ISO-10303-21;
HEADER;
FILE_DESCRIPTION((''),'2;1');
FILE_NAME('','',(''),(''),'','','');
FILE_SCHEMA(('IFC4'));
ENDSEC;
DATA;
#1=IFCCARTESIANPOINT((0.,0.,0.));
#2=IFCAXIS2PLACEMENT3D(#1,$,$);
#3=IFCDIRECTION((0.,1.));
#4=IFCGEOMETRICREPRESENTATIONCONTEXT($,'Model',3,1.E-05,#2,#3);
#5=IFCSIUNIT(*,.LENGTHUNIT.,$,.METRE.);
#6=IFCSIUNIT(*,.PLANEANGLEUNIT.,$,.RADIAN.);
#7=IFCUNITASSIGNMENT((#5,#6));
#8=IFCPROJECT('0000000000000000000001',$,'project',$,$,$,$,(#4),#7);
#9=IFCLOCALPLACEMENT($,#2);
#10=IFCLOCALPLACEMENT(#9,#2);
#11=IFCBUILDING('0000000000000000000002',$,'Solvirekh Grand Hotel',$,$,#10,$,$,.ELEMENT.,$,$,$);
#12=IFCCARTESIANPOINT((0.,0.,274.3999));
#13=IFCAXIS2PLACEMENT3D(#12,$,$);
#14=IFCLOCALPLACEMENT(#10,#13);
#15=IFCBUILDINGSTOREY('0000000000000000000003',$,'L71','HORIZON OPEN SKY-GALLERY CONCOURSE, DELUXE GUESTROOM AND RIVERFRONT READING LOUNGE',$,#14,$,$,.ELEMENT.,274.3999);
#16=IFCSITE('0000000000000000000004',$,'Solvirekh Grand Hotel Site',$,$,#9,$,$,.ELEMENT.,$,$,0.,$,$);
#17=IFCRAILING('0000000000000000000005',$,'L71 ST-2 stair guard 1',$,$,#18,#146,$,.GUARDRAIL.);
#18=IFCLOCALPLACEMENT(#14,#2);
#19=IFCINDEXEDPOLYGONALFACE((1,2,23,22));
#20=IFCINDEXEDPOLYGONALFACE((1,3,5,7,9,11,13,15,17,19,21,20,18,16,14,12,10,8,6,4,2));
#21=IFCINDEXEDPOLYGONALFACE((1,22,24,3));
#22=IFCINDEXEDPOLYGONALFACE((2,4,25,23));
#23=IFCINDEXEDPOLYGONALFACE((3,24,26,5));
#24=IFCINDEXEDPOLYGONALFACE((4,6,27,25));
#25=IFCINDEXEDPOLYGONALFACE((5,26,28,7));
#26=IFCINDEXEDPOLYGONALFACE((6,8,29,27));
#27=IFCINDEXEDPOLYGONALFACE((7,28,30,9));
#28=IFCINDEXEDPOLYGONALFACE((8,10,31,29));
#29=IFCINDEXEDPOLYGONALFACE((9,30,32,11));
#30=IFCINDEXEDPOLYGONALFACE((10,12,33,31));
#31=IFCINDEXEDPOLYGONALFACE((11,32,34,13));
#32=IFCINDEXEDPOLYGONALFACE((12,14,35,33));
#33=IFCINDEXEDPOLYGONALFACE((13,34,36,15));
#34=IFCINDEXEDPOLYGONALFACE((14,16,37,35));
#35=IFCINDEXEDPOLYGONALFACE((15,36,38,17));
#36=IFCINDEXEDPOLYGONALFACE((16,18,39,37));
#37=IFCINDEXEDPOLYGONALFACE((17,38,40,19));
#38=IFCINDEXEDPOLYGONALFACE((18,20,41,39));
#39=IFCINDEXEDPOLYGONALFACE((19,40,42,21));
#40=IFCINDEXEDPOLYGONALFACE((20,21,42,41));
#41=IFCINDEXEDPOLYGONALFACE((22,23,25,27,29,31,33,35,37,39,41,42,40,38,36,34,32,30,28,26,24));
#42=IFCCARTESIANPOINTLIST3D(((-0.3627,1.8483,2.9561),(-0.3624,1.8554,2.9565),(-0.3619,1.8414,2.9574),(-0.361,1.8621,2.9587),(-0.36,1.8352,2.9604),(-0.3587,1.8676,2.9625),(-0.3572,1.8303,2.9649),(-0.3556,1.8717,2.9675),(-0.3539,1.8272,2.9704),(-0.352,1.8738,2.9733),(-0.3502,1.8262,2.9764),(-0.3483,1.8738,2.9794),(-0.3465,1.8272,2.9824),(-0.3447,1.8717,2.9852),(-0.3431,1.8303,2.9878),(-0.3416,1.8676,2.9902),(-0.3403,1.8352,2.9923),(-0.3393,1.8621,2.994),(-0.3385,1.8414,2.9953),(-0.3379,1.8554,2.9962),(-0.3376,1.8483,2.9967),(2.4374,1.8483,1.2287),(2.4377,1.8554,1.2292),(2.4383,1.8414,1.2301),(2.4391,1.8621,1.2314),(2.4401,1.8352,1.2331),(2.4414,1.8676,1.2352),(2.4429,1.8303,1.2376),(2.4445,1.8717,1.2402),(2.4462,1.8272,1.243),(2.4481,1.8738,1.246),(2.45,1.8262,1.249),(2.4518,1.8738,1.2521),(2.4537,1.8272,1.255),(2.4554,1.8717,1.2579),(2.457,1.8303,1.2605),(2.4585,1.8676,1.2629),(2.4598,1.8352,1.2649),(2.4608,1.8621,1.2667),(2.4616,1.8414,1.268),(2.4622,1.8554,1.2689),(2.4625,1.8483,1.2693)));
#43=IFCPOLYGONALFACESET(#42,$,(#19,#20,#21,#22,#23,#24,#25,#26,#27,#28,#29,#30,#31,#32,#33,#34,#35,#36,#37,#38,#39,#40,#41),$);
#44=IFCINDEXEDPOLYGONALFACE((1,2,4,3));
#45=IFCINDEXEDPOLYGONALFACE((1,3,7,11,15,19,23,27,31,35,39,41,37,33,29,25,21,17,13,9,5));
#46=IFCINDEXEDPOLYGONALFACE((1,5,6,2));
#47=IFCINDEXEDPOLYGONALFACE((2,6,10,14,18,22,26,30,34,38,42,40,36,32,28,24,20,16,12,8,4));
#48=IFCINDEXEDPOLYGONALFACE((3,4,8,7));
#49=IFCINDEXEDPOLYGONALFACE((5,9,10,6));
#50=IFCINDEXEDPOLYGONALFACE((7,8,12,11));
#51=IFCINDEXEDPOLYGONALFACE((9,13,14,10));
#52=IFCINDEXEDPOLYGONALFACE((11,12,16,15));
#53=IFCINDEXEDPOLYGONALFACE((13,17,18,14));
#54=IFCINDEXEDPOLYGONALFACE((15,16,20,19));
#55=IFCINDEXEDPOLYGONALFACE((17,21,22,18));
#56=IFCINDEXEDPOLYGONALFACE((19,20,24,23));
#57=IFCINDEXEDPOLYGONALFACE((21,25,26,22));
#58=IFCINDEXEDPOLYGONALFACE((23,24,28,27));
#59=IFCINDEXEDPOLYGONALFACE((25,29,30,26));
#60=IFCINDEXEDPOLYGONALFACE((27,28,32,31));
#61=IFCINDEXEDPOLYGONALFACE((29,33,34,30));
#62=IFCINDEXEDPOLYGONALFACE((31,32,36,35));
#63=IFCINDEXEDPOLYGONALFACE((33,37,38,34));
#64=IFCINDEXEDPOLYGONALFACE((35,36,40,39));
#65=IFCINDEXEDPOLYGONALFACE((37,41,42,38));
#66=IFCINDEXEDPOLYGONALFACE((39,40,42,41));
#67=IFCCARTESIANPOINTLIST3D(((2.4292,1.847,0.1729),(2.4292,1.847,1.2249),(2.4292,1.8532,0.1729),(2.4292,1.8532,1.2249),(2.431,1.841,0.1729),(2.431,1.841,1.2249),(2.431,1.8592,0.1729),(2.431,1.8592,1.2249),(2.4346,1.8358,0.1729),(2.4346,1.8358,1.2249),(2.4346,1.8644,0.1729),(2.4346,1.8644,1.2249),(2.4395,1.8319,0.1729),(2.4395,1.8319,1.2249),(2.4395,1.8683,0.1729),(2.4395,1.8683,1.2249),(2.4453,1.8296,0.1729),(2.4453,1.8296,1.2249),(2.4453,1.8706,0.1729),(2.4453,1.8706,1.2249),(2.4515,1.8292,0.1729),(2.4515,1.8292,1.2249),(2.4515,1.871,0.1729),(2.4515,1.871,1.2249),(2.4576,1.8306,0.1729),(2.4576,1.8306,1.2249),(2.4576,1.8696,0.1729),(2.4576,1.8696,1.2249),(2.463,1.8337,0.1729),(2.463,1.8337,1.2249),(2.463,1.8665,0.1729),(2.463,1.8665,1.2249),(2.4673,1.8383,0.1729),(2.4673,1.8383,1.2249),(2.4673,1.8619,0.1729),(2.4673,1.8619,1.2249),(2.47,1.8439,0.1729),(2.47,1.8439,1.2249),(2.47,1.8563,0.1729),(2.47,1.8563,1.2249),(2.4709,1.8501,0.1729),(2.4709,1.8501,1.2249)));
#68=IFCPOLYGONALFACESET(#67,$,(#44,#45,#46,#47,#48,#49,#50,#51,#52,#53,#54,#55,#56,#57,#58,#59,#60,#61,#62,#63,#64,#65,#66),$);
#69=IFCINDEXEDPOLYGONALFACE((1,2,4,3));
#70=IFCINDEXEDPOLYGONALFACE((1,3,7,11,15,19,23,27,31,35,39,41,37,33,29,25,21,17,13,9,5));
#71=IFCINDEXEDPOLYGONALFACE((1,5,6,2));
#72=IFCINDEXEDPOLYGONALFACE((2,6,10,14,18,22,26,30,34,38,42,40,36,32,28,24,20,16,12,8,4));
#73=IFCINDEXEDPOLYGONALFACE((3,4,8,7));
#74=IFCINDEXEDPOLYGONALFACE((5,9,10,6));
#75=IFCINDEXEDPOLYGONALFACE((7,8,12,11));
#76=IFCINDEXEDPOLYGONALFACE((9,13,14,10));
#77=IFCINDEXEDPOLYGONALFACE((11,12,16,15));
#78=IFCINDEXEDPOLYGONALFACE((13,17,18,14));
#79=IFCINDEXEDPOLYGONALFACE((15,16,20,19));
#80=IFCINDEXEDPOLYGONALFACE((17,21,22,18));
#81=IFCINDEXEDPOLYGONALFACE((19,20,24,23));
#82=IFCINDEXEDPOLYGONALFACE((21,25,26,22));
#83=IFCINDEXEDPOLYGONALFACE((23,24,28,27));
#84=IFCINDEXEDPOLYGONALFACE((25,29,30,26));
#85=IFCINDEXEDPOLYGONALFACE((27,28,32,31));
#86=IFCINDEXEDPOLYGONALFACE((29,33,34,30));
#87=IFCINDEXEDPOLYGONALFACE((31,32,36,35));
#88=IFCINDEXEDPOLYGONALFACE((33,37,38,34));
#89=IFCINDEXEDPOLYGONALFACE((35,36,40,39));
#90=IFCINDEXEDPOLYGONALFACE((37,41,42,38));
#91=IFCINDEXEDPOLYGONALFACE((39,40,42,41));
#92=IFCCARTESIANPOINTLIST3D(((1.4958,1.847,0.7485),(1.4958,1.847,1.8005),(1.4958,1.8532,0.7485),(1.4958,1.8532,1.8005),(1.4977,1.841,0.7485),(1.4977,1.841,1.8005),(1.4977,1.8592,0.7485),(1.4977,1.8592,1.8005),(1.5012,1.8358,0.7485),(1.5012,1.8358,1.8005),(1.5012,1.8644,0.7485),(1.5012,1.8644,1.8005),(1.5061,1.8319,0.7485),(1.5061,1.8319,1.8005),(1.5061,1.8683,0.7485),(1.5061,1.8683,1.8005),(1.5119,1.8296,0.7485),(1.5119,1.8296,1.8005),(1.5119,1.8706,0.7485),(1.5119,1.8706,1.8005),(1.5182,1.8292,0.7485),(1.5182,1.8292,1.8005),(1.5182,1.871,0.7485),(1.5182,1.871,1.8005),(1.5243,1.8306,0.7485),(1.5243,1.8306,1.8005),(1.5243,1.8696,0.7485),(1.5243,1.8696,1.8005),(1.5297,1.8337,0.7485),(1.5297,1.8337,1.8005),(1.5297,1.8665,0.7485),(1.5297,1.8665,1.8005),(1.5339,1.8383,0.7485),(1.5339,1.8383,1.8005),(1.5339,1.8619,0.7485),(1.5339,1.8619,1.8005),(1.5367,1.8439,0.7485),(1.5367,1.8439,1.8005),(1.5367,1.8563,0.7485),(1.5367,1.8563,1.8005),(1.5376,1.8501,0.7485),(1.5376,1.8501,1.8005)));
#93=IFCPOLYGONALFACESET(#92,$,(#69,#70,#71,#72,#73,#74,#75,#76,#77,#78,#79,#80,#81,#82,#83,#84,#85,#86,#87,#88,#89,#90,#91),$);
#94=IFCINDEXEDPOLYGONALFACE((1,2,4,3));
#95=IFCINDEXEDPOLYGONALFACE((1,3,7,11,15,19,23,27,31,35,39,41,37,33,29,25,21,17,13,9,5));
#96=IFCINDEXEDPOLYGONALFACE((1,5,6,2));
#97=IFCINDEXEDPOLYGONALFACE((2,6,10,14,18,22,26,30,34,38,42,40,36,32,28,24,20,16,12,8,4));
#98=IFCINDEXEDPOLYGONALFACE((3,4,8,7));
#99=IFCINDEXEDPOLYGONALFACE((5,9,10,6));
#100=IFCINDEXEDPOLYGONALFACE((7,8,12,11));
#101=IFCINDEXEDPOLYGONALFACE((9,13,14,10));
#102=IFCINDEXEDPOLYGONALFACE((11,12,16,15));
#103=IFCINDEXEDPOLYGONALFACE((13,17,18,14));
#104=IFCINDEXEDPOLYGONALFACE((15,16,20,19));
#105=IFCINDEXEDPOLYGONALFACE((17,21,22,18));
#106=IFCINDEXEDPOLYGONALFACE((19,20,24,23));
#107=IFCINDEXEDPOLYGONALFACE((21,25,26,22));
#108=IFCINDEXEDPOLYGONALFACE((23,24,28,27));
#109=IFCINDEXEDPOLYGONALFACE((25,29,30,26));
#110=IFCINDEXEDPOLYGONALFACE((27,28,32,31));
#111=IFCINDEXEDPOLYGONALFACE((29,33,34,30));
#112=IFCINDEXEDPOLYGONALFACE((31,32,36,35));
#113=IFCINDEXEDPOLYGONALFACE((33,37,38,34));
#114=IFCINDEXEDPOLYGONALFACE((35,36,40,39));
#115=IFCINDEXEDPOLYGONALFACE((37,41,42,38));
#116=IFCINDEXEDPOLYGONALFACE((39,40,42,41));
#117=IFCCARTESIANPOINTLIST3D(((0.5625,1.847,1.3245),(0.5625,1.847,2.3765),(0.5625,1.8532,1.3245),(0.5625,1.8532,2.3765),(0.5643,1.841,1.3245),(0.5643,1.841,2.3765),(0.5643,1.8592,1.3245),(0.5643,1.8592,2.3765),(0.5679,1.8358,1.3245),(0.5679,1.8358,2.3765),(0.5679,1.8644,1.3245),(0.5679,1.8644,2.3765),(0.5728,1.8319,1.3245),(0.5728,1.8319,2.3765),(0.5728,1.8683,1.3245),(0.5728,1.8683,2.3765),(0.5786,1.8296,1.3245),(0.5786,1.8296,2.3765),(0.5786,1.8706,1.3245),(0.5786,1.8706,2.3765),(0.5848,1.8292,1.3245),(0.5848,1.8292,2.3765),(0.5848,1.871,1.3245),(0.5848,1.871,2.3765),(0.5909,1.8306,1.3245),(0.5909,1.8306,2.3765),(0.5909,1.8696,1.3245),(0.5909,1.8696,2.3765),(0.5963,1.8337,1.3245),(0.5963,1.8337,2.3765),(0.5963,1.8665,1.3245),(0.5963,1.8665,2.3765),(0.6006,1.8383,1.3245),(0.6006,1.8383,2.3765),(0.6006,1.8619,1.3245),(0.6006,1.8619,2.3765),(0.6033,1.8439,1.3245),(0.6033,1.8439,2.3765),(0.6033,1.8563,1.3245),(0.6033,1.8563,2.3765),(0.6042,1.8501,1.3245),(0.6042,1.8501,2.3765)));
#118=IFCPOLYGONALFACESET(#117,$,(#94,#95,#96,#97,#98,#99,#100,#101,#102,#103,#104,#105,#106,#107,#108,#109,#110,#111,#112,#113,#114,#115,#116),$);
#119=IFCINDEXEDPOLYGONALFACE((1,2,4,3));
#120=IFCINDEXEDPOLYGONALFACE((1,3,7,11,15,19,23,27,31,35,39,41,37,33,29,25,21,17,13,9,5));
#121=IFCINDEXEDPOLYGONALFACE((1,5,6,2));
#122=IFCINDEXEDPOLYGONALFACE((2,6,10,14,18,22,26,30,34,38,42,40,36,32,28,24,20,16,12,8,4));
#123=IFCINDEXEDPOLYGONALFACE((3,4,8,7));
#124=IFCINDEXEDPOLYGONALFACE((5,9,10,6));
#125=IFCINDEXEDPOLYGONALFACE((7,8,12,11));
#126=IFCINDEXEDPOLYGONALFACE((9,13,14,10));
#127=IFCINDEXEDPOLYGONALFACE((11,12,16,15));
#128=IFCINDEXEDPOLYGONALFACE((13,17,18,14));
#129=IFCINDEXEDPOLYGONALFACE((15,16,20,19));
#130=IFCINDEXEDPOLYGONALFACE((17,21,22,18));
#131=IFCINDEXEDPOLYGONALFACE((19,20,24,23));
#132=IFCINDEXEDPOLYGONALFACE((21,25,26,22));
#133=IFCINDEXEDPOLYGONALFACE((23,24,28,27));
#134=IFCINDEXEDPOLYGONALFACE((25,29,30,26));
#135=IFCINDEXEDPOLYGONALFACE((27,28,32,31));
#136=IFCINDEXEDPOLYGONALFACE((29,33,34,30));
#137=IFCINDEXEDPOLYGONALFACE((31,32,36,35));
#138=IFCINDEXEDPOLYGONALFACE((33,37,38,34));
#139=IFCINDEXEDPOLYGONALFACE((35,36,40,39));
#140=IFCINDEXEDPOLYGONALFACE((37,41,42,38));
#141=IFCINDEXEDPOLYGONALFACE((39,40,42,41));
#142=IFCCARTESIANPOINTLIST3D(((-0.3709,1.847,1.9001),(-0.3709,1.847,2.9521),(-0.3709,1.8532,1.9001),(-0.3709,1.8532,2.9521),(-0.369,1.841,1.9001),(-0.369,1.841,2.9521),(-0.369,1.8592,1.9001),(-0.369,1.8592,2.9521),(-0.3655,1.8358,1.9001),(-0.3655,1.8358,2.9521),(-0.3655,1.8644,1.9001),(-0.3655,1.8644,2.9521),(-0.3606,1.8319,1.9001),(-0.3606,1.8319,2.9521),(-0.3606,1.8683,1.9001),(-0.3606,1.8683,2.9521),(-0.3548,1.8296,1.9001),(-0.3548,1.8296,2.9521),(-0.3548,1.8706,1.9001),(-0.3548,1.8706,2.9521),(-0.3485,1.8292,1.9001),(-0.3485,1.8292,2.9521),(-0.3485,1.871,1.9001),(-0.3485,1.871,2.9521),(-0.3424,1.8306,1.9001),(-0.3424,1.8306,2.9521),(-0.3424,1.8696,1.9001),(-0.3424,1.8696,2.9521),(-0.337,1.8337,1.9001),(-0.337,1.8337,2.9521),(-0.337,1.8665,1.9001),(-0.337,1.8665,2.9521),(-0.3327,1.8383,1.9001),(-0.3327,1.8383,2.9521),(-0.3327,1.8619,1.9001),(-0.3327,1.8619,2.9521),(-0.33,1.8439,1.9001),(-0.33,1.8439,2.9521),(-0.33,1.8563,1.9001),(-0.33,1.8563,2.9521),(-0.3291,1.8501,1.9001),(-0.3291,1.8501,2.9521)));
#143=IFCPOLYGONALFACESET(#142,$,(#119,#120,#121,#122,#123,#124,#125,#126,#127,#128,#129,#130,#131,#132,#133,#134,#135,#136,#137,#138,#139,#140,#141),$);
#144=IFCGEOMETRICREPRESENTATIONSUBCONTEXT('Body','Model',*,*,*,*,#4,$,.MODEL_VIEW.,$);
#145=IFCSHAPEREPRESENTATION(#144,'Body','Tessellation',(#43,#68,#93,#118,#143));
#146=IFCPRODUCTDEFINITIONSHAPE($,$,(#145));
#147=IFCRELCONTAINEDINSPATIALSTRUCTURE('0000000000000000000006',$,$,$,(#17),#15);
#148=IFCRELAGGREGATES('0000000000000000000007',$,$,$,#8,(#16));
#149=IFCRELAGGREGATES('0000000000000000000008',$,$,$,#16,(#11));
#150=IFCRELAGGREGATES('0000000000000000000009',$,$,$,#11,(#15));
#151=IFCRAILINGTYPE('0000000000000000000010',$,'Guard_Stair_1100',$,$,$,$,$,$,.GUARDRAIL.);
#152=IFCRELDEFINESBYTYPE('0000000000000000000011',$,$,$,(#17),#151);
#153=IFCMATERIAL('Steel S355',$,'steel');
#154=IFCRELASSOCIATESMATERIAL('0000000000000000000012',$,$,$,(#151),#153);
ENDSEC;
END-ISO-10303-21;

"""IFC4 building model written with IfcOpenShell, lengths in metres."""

from ifc_helpers import new_model, si_unit, direction, frame, origin, origin_2d, place, context, subcontext, project, spatial, circle, extrude, material, type_object, element, save


model = new_model("IFC4")

# Units and contexts
model_context = context("Model", 3, precision=1e-05, world=origin(), true_north=direction((0.0, 1.0)))
body_context = subcontext(model_context, "Body", "Model", "MODEL_VIEW")
ifc_project = project(units=[si_unit("LENGTHUNIT", "METRE"), si_unit("PLANEANGLEUNIT", "RADIAN")], contexts=[model_context])

# Site, building, storey
site_placement = place(None, origin())
site = spatial("IfcSite", under=ifc_project, at=site_placement, Name="Solvirekh Grand Hotel Site", CompositionType="ELEMENT", RefElevation=0.0)
building_placement = place(site_placement, origin())
building = spatial("IfcBuilding", under=site, at=building_placement, Name="Solvirekh Grand Hotel", CompositionType="ELEMENT")
storey_placement = place(building_placement, frame((0.0, 0.0, 274.3999)))
storey = spatial("IfcBuildingStorey", under=building, at=storey_placement, Name="L71", Description="HORIZON OPEN SKY-GALLERY CONCOURSE, DELUXE GUESTROOM AND RIVERFRONT READING LOUNGE", CompositionType="ELEMENT", Elevation=274.3999)

# Shared definitions
ifc_material_1 = material(Name="Steel S355", Category="steel")

# Railing
railing_type_1 = type_object("IfcRailingType", Name="Guard_Stair_1100", PredefinedType="GUARDRAIL", material=ifc_material_1)
railing_1_placement = place(storey_placement, frame((2.45, 1.8501, 0.1729)))
element("IfcRailing", 1, at=railing_1_placement, inside=storey, type_object=railing_type_1, Name="L71 ST-2 stair guard 1", PredefinedType="GUARDRAIL", context=body_context, shape_type="SweptSolid", body=[
    extrude(circle(Radius=0.0239, at=origin_2d()), frame((0.0, 0.0, 1.0762), z_axis=(-0.85109, 0.0, 0.52502), x_axis=(0.0, -1.0, 0.0)), (0.0, 0.0, 1.0), 3.29),
    extrude(circle(Radius=0.021, at=origin_2d()), origin(), (0.0, 0.0, 1.0), 1.052),
    extrude(circle(Radius=0.021, at=origin_2d()), frame((-0.9333, 0.0, 0.5757)), (0.0, 0.0, 1.0), 1.052),
    extrude(circle(Radius=0.021, at=origin_2d()), frame((-1.8667, 0.0, 1.1516)), (0.0, 0.0, 1.0), 1.052),
    extrude(circle(Radius=0.021, at=origin_2d()), frame((-2.8, 0.0, 1.7273)), (0.0, 0.0, 1.0), 1.052),
])

save(model, "model.ifc")
